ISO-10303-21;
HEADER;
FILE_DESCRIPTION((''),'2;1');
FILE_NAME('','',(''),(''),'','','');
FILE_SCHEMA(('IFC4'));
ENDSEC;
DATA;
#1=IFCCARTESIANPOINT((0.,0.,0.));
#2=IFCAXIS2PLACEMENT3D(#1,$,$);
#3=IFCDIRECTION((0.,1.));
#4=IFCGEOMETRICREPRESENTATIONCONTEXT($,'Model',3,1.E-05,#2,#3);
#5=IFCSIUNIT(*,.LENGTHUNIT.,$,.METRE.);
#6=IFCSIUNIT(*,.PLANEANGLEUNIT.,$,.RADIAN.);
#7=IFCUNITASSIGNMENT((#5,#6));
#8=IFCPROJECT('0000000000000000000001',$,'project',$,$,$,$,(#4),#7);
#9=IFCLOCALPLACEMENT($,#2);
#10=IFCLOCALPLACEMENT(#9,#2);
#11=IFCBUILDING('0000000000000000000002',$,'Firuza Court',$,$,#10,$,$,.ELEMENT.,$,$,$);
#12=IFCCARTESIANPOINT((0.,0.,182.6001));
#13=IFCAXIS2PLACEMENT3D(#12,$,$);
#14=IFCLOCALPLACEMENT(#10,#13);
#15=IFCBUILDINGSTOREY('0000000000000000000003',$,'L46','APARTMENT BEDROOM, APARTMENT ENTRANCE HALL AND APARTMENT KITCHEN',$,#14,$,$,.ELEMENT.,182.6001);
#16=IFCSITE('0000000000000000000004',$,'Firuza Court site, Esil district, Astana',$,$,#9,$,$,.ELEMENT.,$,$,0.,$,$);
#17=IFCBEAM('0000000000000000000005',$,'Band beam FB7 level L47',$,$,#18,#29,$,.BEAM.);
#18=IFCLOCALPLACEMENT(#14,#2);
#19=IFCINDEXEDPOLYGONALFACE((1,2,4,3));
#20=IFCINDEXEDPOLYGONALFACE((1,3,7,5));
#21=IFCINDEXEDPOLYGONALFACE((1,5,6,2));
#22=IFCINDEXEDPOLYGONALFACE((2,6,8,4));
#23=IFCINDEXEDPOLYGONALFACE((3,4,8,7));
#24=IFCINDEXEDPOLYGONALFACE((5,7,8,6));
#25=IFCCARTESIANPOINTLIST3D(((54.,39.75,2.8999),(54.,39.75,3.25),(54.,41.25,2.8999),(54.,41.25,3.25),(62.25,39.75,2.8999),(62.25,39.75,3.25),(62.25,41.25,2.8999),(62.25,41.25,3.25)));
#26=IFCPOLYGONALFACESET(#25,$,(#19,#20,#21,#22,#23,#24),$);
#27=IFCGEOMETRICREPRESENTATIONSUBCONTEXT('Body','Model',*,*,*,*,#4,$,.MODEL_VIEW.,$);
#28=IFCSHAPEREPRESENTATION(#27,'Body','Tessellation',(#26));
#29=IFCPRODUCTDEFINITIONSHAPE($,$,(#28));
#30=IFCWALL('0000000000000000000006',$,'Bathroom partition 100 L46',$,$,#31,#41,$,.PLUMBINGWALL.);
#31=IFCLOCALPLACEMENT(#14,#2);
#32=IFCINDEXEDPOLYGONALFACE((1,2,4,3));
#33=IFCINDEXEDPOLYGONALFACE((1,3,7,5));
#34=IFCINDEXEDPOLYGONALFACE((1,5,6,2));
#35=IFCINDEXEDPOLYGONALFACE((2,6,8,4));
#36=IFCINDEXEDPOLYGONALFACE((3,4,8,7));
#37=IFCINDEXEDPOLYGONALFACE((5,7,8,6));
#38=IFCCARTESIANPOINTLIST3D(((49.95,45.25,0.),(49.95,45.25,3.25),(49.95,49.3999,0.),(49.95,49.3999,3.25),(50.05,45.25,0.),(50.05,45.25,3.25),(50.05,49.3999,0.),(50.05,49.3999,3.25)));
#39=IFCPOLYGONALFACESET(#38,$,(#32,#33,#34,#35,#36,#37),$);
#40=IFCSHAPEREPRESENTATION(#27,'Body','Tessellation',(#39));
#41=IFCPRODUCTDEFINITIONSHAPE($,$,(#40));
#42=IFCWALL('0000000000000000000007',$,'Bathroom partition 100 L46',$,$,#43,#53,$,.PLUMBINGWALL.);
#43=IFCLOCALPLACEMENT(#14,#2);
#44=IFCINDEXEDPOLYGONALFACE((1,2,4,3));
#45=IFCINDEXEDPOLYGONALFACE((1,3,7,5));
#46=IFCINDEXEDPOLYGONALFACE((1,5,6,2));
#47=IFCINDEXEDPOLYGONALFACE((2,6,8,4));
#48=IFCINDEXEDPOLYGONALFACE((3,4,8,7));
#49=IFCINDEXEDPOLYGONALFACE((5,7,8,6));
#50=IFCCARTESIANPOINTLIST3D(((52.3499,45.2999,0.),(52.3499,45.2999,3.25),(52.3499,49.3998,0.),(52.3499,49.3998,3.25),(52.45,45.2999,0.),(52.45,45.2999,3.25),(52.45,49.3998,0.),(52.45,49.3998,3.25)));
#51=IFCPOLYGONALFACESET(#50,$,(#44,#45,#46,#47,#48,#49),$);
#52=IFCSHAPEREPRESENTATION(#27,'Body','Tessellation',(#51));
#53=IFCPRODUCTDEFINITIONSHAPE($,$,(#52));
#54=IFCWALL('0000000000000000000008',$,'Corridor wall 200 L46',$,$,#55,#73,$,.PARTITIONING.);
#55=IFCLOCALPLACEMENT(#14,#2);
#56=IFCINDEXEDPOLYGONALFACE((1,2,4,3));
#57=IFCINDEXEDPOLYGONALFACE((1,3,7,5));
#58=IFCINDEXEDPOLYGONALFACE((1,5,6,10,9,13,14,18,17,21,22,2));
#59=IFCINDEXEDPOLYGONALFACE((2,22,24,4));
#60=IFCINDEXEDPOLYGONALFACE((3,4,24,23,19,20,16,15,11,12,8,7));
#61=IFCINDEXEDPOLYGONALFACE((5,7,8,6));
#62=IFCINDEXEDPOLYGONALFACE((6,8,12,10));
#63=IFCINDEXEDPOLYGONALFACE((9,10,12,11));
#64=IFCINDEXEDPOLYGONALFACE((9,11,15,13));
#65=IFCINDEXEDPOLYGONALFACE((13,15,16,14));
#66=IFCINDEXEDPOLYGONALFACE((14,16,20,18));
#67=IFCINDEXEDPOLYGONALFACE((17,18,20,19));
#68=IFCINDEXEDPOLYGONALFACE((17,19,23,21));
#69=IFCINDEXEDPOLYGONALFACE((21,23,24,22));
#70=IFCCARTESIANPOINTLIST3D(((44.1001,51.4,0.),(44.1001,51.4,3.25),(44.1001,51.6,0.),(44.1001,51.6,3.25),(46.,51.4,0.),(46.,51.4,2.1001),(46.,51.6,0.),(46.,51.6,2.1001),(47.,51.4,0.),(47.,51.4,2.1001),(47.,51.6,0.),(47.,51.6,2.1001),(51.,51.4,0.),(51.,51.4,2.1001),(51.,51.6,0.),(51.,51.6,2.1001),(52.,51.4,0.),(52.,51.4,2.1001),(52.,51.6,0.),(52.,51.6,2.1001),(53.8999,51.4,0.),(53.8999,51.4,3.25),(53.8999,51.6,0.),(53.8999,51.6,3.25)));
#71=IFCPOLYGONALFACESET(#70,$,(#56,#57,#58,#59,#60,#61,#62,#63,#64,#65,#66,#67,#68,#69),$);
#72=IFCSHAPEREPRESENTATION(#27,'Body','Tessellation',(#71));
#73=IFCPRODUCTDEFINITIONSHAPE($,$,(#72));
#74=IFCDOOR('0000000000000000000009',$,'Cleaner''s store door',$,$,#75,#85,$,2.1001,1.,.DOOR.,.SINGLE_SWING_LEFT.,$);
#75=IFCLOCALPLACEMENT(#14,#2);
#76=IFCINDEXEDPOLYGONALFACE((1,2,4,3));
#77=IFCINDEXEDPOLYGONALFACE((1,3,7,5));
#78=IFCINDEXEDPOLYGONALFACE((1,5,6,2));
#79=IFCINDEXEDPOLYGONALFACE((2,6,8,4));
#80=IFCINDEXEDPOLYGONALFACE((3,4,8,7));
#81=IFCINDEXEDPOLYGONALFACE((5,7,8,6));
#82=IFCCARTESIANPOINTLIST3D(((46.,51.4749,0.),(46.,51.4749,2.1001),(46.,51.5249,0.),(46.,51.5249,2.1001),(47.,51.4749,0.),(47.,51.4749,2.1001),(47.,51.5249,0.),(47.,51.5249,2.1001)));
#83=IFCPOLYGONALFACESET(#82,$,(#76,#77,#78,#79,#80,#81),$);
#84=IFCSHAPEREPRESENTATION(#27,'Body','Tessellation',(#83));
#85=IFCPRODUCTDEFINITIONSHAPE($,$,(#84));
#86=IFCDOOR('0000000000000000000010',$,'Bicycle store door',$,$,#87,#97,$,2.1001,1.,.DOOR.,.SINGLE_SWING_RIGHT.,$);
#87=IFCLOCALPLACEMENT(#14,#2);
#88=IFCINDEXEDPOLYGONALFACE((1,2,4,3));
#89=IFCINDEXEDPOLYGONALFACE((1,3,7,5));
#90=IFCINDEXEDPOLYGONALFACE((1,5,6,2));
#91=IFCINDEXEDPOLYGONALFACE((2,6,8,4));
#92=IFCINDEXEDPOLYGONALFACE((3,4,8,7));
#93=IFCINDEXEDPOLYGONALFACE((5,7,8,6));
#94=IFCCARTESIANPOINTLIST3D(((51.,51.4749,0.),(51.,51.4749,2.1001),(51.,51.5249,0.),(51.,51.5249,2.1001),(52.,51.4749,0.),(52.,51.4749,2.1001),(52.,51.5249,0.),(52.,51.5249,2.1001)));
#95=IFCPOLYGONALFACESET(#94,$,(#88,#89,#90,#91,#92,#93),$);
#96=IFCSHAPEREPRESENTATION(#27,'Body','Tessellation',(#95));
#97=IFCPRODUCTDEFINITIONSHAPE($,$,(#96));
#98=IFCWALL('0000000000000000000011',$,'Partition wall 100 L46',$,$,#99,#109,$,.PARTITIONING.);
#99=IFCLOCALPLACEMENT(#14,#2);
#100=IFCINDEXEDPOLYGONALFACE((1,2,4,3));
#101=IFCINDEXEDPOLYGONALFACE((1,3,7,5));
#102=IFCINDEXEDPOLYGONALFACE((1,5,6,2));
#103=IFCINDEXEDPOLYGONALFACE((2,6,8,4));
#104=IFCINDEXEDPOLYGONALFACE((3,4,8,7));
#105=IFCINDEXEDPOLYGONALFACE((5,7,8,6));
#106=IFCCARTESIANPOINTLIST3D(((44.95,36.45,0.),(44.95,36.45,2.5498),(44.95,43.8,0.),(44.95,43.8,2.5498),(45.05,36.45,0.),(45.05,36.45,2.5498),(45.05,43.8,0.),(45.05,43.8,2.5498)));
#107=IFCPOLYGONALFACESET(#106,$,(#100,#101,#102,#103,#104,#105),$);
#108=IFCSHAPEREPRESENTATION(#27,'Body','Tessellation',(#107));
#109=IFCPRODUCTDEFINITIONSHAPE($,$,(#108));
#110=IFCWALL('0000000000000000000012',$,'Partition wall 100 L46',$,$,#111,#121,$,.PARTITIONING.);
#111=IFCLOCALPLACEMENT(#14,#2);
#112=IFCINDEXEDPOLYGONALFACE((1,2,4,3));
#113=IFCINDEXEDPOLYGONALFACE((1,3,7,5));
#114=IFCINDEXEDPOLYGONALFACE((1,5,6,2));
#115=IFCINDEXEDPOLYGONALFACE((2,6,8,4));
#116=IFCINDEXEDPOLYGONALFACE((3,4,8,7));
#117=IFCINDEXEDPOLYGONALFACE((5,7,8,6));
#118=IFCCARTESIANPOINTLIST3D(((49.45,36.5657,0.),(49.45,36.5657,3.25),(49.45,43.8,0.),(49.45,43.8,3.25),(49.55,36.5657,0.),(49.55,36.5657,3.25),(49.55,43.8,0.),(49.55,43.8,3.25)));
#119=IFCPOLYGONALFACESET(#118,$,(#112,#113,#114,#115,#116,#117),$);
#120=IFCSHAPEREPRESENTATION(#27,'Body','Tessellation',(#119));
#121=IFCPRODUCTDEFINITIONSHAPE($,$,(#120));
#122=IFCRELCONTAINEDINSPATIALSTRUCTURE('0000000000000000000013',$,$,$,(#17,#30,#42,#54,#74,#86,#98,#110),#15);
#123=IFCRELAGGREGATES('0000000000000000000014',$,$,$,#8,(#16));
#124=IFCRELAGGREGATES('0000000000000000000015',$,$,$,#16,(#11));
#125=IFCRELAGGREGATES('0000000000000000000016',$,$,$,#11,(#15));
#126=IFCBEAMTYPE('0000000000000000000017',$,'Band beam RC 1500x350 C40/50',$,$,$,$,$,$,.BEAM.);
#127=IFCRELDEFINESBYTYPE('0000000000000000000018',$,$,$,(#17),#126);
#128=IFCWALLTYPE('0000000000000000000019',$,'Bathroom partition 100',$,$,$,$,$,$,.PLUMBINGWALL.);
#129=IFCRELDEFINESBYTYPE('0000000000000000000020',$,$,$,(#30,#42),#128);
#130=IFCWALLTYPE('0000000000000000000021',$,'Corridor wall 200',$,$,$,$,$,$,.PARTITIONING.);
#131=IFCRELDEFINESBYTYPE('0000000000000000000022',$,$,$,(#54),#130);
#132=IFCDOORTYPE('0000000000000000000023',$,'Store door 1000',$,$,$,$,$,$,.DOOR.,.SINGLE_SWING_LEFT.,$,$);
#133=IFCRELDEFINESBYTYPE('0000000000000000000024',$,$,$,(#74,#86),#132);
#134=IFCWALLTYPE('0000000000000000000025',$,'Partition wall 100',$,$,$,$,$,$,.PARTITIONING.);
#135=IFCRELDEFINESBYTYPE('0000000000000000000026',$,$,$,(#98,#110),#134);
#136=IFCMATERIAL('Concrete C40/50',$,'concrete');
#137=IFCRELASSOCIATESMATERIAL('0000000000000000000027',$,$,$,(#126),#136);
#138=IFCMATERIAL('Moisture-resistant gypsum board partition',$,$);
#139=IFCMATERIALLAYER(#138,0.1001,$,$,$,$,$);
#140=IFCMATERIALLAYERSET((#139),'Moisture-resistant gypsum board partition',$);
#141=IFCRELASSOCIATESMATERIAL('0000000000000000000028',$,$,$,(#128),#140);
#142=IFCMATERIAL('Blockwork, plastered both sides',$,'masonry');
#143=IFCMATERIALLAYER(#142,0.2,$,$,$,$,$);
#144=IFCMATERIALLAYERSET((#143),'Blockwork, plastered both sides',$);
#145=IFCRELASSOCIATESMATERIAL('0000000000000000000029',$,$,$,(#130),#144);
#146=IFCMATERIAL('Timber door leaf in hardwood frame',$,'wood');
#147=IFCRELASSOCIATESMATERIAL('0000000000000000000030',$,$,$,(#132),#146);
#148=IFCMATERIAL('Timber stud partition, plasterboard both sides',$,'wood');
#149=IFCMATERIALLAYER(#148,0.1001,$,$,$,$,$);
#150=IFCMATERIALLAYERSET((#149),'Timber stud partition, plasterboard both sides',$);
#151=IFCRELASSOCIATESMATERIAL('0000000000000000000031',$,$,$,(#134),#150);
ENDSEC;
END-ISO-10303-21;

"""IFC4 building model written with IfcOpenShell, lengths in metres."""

from ifc_helpers import new_model, si_unit, direction, frame, frame_2d, origin, origin_2d, place, context, subcontext, project, spatial, rectangle, extrude, material, layer, layer_set, material_profile, profile_set, type_object, element, fill, save


model = new_model("IFC4")

# Units and contexts
model_context = context("Model", 3, precision=1e-05, world=origin(), true_north=direction((0.0, 1.0)))
body_context = subcontext(model_context, "Body", "Model", "MODEL_VIEW")
ifc_project = project(units=[si_unit("LENGTHUNIT", "METRE"), si_unit("PLANEANGLEUNIT", "RADIAN")], contexts=[model_context])

# Site, building, storey
site_placement = place(None, origin())
site = spatial("IfcSite", under=ifc_project, at=site_placement, Name="Firuza Court site, Esil district, Astana", CompositionType="ELEMENT", RefElevation=0.0)
building_placement = place(site_placement, origin())
building = spatial("IfcBuilding", under=site, at=building_placement, Name="Firuza Court", CompositionType="ELEMENT")
storey_placement = place(building_placement, frame((0.0, 0.0, 182.6001)))
storey = spatial("IfcBuildingStorey", under=building, at=storey_placement, Name="L46", Description="APARTMENT BEDROOM, APARTMENT ENTRANCE HALL AND APARTMENT KITCHEN", CompositionType="ELEMENT", Elevation=182.6001)

# Beam
ifc_material_1 = material(Name="Concrete C40/50", Category="concrete")
ifc_material_profile = material_profile(ifc_material_1, rectangle(XDim=1.5, YDim=0.3501, at=origin_2d()), Name="RC 1500x350")
ifc_profile_set = profile_set([ifc_material_profile], Name="Concrete C40/50")
beam_type = type_object("IfcBeamType", Name="Band beam RC 1500x350 C40/50", PredefinedType="BEAM", material=ifc_profile_set)
beam_placement = place(storey_placement, frame((54.0, 40.5, 3.075), z_axis=(1.0, 0.0, 0.0), x_axis=(0.0, 1.0, 0.0)))
element("IfcBeam", 1, at=beam_placement, inside=storey, type_object=beam_type, Name="Band beam FB7 level L47", PredefinedType="BEAM", context=body_context, shape_type="SweptSolid", body=[
    extrude(rectangle(XDim=1.5, YDim=0.3501, at=origin_2d()), origin(), (0.0, 0.0, 1.0), 8.25),
])

# Walls
ifc_material_2 = material(Name="Moisture-resistant gypsum board partition")
ifc_layer_1 = layer(ifc_material_2, 0.1001)
ifc_layer_set_1 = layer_set([ifc_layer_1], Name="Moisture-resistant gypsum board partition")
wall_type_1 = type_object("IfcWallType", Name="Bathroom partition 100", PredefinedType="PLUMBINGWALL", material=ifc_layer_set_1)
wall_1_placement = place(storey_placement, frame((50.0, 45.25, 0.0), z_axis=(0.0, 0.0, 1.0), x_axis=(0.0, 1.0, 0.0)))
element("IfcWall", 2, at=wall_1_placement, inside=storey, type_object=wall_type_1, Name="Bathroom partition 100 L46", PredefinedType="PLUMBINGWALL", context=body_context, shape_type="SweptSolid", body=[
    extrude(rectangle(XDim=4.1499, YDim=0.1001, at=frame_2d((2.075, 0.0))), origin(), (0.0, 0.0, 1.0), 3.25),
])
wall_2_placement = place(storey_placement, frame((52.3999, 45.3, 0.0), z_axis=(0.0, 0.0, 1.0), x_axis=(0.0, 1.0, 0.0)))
element("IfcWall", 3, at=wall_2_placement, inside=storey, type_object=wall_type_1, Name="Bathroom partition 100 L46", PredefinedType="PLUMBINGWALL", context=body_context, shape_type="SweptSolid", body=[
    extrude(rectangle(XDim=4.0999, YDim=0.1001, at=frame_2d((2.0498, 0.0))), origin(), (0.0, 0.0, 1.0), 3.25),
])

# Wall, openings, doors
ifc_material_3 = material(Name="Blockwork, plastered both sides", Category="masonry")
ifc_layer_2 = layer(ifc_material_3, 0.2)
ifc_layer_set_2 = layer_set([ifc_layer_2], Name="Blockwork, plastered both sides")
wall_type_2 = type_object("IfcWallType", Name="Corridor wall 200", PredefinedType="PARTITIONING", material=ifc_layer_set_2)
wall_3_placement = place(storey_placement, frame((44.1001, 51.5, 0.0), z_axis=(0.0, 0.0, 1.0), x_axis=(1.0, 0.0, 0.0)))
wall_3 = element("IfcWall", 4, at=wall_3_placement, inside=storey, type_object=wall_type_2, Name="Corridor wall 200 L46", PredefinedType="PARTITIONING", context=body_context, shape_type="SweptSolid", body=[
    extrude(rectangle(XDim=9.7998, YDim=0.2, at=frame_2d((4.8999, 0.0))), origin(), (0.0, 0.0, 1.0), 3.25),
])
opening_1_placement = place(wall_3_placement, frame((1.8999, 0.0, 0.0)))
opening_1 = element("IfcOpeningElement", 5, at=opening_1_placement, cuts=wall_3, PredefinedType="OPENING", context=body_context, shape_type="SweptSolid", body=[
    extrude(rectangle(XDim=1.0, YDim=2.1001, at=frame_2d((0.5, 1.05))), frame((0.0, 0.1118, 0.0), z_axis=(0.0, -1.0, 0.0), x_axis=(1.0, 0.0, 0.0)), (0.0, 0.0, 1.0), 0.2239),
])
opening_2_placement = place(wall_3_placement, frame((6.8999, 0.0, 0.0)))
opening_2 = element("IfcOpeningElement", 6, at=opening_2_placement, cuts=wall_3, PredefinedType="OPENING", context=body_context, shape_type="SweptSolid", body=[
    extrude(rectangle(XDim=1.0, YDim=2.1001, at=frame_2d((0.5, 1.05))), frame((0.0, 0.1118, 0.0), z_axis=(0.0, -1.0, 0.0), x_axis=(1.0, 0.0, 0.0)), (0.0, 0.0, 1.0), 0.2239),
])
ifc_material_4 = material(Name="Timber door leaf in hardwood frame", Category="wood")
door_type_1 = type_object("IfcDoorType", Name="Store door 1000", OperationType="SINGLE_SWING_LEFT", PredefinedType="DOOR", material=ifc_material_4)
door_1_placement = place(opening_1_placement, origin())
door_1 = element("IfcDoor", 7, at=door_1_placement, inside=storey, type_object=door_type_1, Name="Cleaner's store door", OperationType="SINGLE_SWING_LEFT", OverallHeight=2.1001, OverallWidth=1.0, PredefinedType="DOOR", context=body_context, shape_type="SweptSolid", body=[
    extrude(rectangle(XDim=1.0, YDim=2.1001, at=frame_2d((0.5, 1.05))), frame((0.0, 0.0249, 0.0), z_axis=(0.0, -1.0, 0.0), x_axis=(1.0, 0.0, 0.0)), (0.0, 0.0, 1.0), 0.05),
])
fill(opening_1, door_1)
door_2_placement = place(opening_2_placement, origin())
door_2 = element("IfcDoor", 8, at=door_2_placement, inside=storey, type_object=door_type_1, Name="Bicycle store door", OperationType="SINGLE_SWING_RIGHT", OverallHeight=2.1001, OverallWidth=1.0, PredefinedType="DOOR", context=body_context, shape_type="SweptSolid", body=[
    extrude(rectangle(XDim=1.0, YDim=2.1001, at=frame_2d((0.5, 1.05))), frame((0.0, 0.0249, 0.0), z_axis=(0.0, -1.0, 0.0), x_axis=(1.0, 0.0, 0.0)), (0.0, 0.0, 1.0), 0.05),
])
fill(opening_2, door_2)

# Walls
ifc_material_5 = material(Name="Timber stud partition, plasterboard both sides", Category="wood")
ifc_layer_3 = layer(ifc_material_5, 0.1001)
ifc_layer_set_3 = layer_set([ifc_layer_3], Name="Timber stud partition, plasterboard both sides")
wall_type_3 = type_object("IfcWallType", Name="Partition wall 100", PredefinedType="PARTITIONING", material=ifc_layer_set_3)
wall_4_placement = place(storey_placement, frame((45.0, 36.45, 0.0), z_axis=(0.0, 0.0, 1.0), x_axis=(0.0, 1.0, 0.0)))
element("IfcWall", 9, at=wall_4_placement, inside=storey, type_object=wall_type_3, Name="Partition wall 100 L46", PredefinedType="PARTITIONING", context=body_context, shape_type="SweptSolid", body=[
    extrude(rectangle(XDim=7.3501, YDim=0.1001, at=frame_2d((3.675, 0.0))), origin(), (0.0, 0.0, 1.0), 2.5498),
])
wall_5_placement = place(storey_placement, frame((49.5, 36.5657, 0.0), z_axis=(0.0, 0.0, 1.0), x_axis=(0.0, 1.0, 0.0)))
element("IfcWall", 10, at=wall_5_placement, inside=storey, type_object=wall_type_3, Name="Partition wall 100 L46", PredefinedType="PARTITIONING", context=body_context, shape_type="SweptSolid", body=[
    extrude(rectangle(XDim=7.2344, YDim=0.1001, at=frame_2d((3.6172, 0.0))), origin(), (0.0, 0.0, 1.0), 3.25),
])

save(model, "model.ifc")
